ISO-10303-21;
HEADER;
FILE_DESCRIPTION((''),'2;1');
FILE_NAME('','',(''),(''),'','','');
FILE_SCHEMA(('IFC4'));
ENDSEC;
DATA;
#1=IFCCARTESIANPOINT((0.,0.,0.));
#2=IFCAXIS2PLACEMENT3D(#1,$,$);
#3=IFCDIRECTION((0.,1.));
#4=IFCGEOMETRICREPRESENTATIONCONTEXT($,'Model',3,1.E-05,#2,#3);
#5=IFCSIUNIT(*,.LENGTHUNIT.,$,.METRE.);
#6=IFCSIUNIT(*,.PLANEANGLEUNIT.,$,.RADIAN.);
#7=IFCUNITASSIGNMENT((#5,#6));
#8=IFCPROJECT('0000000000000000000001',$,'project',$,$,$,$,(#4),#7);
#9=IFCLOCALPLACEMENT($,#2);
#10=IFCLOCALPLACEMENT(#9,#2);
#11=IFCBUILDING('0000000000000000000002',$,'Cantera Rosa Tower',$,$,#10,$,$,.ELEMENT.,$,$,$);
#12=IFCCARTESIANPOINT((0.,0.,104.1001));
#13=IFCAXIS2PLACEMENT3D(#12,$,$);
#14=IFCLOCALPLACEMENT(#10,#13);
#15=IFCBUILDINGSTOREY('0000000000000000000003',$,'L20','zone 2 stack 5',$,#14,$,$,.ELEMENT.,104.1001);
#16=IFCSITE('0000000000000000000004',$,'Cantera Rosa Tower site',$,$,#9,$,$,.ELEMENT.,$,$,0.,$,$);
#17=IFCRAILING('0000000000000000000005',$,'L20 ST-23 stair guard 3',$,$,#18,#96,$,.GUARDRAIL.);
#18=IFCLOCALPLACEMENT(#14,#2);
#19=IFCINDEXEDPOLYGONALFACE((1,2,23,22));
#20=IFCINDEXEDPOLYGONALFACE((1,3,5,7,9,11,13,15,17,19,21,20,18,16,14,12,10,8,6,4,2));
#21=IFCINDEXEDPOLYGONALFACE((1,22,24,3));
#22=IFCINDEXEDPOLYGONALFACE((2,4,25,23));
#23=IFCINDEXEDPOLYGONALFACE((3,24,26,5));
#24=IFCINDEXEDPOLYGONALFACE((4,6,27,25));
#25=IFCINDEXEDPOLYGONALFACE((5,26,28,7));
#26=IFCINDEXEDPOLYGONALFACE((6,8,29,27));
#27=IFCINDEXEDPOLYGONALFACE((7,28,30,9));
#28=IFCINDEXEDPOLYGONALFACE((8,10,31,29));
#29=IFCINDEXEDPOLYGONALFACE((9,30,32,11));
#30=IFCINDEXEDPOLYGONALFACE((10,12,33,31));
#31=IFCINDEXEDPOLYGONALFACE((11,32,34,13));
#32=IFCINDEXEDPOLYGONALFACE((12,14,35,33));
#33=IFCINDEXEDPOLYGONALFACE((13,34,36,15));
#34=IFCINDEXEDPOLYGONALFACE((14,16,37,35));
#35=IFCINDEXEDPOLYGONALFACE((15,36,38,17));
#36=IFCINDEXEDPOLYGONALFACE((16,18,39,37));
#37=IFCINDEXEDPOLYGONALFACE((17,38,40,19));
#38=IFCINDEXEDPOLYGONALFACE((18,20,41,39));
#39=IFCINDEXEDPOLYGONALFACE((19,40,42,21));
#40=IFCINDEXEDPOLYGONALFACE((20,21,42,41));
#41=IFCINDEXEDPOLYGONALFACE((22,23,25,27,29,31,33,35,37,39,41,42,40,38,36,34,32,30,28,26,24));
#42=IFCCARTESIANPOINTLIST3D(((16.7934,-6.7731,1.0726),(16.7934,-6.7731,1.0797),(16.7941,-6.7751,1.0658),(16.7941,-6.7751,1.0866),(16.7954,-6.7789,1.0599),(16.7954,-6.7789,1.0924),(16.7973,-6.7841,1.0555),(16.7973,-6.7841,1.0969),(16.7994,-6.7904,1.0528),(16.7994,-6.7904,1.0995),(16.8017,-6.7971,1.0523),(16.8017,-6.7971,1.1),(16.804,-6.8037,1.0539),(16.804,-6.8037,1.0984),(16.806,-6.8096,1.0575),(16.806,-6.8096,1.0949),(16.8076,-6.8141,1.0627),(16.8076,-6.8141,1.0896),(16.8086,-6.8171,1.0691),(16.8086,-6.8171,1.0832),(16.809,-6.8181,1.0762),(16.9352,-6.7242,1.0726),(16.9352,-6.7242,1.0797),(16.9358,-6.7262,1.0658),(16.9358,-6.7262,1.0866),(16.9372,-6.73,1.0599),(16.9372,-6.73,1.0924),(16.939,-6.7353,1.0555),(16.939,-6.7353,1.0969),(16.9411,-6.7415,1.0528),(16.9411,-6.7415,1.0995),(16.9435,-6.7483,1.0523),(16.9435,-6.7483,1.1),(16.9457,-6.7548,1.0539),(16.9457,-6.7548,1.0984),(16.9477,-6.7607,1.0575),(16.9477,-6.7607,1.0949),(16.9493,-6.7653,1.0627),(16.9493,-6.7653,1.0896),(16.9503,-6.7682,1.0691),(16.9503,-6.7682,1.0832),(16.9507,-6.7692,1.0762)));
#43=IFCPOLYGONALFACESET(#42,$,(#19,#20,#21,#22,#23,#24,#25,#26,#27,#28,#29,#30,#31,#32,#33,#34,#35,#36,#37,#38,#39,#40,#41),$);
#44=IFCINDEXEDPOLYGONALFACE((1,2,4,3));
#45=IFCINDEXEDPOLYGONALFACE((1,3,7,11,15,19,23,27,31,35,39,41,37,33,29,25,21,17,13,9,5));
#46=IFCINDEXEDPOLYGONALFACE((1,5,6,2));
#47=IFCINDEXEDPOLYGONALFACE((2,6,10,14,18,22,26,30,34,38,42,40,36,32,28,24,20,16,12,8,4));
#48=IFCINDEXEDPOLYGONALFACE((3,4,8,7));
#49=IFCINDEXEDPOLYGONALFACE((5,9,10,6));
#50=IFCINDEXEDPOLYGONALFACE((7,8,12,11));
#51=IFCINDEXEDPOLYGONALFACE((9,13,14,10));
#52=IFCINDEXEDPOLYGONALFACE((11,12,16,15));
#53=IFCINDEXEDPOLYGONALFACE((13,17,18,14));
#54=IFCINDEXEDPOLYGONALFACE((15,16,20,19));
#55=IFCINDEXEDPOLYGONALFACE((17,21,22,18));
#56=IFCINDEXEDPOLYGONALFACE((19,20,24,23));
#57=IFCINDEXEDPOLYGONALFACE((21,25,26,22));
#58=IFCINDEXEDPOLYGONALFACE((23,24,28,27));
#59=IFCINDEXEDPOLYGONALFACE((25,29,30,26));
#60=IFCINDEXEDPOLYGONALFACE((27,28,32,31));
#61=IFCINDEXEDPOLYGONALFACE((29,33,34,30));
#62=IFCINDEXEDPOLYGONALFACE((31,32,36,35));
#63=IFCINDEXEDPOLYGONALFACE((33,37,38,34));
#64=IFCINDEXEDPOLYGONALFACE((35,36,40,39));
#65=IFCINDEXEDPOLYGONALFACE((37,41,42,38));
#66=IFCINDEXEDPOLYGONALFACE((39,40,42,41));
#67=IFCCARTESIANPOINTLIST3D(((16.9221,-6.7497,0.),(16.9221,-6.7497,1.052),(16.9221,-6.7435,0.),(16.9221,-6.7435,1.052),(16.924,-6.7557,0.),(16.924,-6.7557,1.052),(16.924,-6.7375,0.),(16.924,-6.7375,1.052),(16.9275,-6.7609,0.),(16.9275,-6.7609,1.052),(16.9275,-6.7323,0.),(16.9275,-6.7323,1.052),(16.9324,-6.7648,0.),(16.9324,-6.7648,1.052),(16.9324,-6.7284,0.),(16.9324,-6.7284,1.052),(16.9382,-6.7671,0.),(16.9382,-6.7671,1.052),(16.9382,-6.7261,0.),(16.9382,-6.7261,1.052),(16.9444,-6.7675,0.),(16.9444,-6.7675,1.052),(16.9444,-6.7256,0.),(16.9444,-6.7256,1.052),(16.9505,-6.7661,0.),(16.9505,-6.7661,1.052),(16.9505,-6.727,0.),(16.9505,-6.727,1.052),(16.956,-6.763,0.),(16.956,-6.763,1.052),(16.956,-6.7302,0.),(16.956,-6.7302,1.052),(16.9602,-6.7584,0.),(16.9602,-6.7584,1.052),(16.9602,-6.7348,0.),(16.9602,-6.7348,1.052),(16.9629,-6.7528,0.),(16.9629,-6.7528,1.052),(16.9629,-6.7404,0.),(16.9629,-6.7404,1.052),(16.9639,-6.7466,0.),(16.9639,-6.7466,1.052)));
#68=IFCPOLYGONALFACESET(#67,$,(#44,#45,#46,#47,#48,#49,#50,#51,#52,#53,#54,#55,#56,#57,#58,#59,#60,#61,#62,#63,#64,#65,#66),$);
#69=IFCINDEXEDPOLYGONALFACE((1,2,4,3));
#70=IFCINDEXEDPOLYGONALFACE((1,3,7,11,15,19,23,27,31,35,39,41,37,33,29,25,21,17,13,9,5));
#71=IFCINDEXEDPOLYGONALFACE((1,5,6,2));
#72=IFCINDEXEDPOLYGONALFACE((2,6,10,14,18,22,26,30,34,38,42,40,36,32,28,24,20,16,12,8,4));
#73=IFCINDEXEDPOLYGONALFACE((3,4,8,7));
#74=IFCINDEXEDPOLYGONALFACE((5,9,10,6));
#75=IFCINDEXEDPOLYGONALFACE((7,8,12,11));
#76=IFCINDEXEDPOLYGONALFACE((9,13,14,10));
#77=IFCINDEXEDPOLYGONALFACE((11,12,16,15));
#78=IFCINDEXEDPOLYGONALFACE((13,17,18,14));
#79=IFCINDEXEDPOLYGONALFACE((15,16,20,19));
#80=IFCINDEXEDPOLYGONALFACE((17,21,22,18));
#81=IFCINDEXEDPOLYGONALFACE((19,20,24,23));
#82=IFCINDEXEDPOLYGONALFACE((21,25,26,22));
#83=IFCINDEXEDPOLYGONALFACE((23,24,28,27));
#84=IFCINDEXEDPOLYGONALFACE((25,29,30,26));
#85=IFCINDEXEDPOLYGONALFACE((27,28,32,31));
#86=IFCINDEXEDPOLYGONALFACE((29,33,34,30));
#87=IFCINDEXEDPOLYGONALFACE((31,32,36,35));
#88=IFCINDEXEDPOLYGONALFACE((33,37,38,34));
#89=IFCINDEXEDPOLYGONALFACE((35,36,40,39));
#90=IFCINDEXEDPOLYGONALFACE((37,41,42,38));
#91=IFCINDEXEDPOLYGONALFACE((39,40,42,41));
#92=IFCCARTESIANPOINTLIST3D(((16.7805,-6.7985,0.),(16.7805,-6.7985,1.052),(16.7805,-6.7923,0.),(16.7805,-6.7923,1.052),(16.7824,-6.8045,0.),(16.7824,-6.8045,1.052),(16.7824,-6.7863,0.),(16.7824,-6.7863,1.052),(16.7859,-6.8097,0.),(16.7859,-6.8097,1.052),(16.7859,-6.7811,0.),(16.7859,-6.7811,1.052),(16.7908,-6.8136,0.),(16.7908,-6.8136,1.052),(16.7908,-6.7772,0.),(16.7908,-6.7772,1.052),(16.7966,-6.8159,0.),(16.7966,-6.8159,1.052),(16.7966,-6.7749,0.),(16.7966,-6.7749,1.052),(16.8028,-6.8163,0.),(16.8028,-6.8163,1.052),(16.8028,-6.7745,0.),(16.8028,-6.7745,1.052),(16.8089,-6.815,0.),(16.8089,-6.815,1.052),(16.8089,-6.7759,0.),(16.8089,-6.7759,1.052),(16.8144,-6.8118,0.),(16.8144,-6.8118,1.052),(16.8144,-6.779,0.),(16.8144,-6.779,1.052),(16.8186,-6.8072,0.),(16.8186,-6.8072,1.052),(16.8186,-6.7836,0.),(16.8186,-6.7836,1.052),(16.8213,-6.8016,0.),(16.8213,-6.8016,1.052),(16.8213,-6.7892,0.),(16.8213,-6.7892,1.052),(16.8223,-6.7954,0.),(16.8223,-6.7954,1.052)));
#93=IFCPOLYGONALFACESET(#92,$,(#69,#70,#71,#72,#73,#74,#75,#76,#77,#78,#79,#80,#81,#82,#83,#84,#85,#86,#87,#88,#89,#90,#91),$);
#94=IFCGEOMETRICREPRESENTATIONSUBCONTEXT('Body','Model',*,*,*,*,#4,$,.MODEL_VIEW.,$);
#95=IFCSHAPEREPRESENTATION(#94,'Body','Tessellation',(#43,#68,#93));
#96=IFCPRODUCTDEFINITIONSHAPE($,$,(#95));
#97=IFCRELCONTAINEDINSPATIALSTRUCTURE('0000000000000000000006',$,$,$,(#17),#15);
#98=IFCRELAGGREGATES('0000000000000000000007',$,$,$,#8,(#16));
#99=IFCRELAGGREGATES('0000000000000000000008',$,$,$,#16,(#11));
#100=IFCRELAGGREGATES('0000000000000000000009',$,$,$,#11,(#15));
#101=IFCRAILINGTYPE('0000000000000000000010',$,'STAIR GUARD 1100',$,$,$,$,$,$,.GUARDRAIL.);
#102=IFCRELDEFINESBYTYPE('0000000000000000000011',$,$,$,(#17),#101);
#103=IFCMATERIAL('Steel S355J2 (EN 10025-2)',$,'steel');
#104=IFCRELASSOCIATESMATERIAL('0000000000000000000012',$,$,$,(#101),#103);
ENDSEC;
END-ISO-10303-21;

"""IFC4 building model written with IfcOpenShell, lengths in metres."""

from ifc_helpers import new_model, si_unit, direction, frame, origin, origin_2d, place, context, subcontext, project, spatial, circle, extrude, material, type_object, element, save


model = new_model("IFC4")

# Units and contexts
model_context = context("Model", 3, precision=1e-05, world=origin(), true_north=direction((0.0, 1.0)))
body_context = subcontext(model_context, "Body", "Model", "MODEL_VIEW")
ifc_project = project(units=[si_unit("LENGTHUNIT", "METRE"), si_unit("PLANEANGLEUNIT", "RADIAN")], contexts=[model_context])

# Site, building, storey
site_placement = place(None, origin())
site = spatial("IfcSite", under=ifc_project, at=site_placement, Name="Cantera Rosa Tower site", CompositionType="ELEMENT", RefElevation=0.0)
building_placement = place(site_placement, origin())
building = spatial("IfcBuilding", under=site, at=building_placement, Name="Cantera Rosa Tower", CompositionType="ELEMENT")
storey_placement = place(building_placement, frame((0.0, 0.0, 104.1001)))
storey = spatial("IfcBuildingStorey", under=building, at=storey_placement, Name="L20", Description="zone 2 stack 5", CompositionType="ELEMENT", Elevation=104.1001)

# Railing
ifc_material_1 = material(Name="Steel S355J2 (EN 10025-2)", Category="steel")
railing_type_1 = type_object("IfcRailingType", Name="STAIR GUARD 1100", PredefinedType="GUARDRAIL", material=ifc_material_1)
railing_1_placement = place(storey_placement, frame((16.9429, -6.7466, 0.0)))
element("IfcRailing", 1, at=railing_1_placement, inside=storey, type_object=railing_type_1, Name="L20 ST-23 stair guard 3", PredefinedType="GUARDRAIL", context=body_context, shape_type="SweptSolid", body=[
    extrude(circle(Radius=0.0239, at=origin_2d()), frame((0.0, 0.0, 1.0762), z_axis=(-0.945373, -0.325991, 0.0), x_axis=(0.325991, -0.945373, 0.0)), (0.0, 0.0, 1.0), 0.1499),
    extrude(circle(Radius=0.021, at=origin_2d()), origin(), (0.0, 0.0, 1.0), 1.052),
    extrude(circle(Radius=0.021, at=origin_2d()), frame((-0.1416, -0.0488, 0.0)), (0.0, 0.0, 1.0), 1.052),
])

save(model, "model.ifc")
